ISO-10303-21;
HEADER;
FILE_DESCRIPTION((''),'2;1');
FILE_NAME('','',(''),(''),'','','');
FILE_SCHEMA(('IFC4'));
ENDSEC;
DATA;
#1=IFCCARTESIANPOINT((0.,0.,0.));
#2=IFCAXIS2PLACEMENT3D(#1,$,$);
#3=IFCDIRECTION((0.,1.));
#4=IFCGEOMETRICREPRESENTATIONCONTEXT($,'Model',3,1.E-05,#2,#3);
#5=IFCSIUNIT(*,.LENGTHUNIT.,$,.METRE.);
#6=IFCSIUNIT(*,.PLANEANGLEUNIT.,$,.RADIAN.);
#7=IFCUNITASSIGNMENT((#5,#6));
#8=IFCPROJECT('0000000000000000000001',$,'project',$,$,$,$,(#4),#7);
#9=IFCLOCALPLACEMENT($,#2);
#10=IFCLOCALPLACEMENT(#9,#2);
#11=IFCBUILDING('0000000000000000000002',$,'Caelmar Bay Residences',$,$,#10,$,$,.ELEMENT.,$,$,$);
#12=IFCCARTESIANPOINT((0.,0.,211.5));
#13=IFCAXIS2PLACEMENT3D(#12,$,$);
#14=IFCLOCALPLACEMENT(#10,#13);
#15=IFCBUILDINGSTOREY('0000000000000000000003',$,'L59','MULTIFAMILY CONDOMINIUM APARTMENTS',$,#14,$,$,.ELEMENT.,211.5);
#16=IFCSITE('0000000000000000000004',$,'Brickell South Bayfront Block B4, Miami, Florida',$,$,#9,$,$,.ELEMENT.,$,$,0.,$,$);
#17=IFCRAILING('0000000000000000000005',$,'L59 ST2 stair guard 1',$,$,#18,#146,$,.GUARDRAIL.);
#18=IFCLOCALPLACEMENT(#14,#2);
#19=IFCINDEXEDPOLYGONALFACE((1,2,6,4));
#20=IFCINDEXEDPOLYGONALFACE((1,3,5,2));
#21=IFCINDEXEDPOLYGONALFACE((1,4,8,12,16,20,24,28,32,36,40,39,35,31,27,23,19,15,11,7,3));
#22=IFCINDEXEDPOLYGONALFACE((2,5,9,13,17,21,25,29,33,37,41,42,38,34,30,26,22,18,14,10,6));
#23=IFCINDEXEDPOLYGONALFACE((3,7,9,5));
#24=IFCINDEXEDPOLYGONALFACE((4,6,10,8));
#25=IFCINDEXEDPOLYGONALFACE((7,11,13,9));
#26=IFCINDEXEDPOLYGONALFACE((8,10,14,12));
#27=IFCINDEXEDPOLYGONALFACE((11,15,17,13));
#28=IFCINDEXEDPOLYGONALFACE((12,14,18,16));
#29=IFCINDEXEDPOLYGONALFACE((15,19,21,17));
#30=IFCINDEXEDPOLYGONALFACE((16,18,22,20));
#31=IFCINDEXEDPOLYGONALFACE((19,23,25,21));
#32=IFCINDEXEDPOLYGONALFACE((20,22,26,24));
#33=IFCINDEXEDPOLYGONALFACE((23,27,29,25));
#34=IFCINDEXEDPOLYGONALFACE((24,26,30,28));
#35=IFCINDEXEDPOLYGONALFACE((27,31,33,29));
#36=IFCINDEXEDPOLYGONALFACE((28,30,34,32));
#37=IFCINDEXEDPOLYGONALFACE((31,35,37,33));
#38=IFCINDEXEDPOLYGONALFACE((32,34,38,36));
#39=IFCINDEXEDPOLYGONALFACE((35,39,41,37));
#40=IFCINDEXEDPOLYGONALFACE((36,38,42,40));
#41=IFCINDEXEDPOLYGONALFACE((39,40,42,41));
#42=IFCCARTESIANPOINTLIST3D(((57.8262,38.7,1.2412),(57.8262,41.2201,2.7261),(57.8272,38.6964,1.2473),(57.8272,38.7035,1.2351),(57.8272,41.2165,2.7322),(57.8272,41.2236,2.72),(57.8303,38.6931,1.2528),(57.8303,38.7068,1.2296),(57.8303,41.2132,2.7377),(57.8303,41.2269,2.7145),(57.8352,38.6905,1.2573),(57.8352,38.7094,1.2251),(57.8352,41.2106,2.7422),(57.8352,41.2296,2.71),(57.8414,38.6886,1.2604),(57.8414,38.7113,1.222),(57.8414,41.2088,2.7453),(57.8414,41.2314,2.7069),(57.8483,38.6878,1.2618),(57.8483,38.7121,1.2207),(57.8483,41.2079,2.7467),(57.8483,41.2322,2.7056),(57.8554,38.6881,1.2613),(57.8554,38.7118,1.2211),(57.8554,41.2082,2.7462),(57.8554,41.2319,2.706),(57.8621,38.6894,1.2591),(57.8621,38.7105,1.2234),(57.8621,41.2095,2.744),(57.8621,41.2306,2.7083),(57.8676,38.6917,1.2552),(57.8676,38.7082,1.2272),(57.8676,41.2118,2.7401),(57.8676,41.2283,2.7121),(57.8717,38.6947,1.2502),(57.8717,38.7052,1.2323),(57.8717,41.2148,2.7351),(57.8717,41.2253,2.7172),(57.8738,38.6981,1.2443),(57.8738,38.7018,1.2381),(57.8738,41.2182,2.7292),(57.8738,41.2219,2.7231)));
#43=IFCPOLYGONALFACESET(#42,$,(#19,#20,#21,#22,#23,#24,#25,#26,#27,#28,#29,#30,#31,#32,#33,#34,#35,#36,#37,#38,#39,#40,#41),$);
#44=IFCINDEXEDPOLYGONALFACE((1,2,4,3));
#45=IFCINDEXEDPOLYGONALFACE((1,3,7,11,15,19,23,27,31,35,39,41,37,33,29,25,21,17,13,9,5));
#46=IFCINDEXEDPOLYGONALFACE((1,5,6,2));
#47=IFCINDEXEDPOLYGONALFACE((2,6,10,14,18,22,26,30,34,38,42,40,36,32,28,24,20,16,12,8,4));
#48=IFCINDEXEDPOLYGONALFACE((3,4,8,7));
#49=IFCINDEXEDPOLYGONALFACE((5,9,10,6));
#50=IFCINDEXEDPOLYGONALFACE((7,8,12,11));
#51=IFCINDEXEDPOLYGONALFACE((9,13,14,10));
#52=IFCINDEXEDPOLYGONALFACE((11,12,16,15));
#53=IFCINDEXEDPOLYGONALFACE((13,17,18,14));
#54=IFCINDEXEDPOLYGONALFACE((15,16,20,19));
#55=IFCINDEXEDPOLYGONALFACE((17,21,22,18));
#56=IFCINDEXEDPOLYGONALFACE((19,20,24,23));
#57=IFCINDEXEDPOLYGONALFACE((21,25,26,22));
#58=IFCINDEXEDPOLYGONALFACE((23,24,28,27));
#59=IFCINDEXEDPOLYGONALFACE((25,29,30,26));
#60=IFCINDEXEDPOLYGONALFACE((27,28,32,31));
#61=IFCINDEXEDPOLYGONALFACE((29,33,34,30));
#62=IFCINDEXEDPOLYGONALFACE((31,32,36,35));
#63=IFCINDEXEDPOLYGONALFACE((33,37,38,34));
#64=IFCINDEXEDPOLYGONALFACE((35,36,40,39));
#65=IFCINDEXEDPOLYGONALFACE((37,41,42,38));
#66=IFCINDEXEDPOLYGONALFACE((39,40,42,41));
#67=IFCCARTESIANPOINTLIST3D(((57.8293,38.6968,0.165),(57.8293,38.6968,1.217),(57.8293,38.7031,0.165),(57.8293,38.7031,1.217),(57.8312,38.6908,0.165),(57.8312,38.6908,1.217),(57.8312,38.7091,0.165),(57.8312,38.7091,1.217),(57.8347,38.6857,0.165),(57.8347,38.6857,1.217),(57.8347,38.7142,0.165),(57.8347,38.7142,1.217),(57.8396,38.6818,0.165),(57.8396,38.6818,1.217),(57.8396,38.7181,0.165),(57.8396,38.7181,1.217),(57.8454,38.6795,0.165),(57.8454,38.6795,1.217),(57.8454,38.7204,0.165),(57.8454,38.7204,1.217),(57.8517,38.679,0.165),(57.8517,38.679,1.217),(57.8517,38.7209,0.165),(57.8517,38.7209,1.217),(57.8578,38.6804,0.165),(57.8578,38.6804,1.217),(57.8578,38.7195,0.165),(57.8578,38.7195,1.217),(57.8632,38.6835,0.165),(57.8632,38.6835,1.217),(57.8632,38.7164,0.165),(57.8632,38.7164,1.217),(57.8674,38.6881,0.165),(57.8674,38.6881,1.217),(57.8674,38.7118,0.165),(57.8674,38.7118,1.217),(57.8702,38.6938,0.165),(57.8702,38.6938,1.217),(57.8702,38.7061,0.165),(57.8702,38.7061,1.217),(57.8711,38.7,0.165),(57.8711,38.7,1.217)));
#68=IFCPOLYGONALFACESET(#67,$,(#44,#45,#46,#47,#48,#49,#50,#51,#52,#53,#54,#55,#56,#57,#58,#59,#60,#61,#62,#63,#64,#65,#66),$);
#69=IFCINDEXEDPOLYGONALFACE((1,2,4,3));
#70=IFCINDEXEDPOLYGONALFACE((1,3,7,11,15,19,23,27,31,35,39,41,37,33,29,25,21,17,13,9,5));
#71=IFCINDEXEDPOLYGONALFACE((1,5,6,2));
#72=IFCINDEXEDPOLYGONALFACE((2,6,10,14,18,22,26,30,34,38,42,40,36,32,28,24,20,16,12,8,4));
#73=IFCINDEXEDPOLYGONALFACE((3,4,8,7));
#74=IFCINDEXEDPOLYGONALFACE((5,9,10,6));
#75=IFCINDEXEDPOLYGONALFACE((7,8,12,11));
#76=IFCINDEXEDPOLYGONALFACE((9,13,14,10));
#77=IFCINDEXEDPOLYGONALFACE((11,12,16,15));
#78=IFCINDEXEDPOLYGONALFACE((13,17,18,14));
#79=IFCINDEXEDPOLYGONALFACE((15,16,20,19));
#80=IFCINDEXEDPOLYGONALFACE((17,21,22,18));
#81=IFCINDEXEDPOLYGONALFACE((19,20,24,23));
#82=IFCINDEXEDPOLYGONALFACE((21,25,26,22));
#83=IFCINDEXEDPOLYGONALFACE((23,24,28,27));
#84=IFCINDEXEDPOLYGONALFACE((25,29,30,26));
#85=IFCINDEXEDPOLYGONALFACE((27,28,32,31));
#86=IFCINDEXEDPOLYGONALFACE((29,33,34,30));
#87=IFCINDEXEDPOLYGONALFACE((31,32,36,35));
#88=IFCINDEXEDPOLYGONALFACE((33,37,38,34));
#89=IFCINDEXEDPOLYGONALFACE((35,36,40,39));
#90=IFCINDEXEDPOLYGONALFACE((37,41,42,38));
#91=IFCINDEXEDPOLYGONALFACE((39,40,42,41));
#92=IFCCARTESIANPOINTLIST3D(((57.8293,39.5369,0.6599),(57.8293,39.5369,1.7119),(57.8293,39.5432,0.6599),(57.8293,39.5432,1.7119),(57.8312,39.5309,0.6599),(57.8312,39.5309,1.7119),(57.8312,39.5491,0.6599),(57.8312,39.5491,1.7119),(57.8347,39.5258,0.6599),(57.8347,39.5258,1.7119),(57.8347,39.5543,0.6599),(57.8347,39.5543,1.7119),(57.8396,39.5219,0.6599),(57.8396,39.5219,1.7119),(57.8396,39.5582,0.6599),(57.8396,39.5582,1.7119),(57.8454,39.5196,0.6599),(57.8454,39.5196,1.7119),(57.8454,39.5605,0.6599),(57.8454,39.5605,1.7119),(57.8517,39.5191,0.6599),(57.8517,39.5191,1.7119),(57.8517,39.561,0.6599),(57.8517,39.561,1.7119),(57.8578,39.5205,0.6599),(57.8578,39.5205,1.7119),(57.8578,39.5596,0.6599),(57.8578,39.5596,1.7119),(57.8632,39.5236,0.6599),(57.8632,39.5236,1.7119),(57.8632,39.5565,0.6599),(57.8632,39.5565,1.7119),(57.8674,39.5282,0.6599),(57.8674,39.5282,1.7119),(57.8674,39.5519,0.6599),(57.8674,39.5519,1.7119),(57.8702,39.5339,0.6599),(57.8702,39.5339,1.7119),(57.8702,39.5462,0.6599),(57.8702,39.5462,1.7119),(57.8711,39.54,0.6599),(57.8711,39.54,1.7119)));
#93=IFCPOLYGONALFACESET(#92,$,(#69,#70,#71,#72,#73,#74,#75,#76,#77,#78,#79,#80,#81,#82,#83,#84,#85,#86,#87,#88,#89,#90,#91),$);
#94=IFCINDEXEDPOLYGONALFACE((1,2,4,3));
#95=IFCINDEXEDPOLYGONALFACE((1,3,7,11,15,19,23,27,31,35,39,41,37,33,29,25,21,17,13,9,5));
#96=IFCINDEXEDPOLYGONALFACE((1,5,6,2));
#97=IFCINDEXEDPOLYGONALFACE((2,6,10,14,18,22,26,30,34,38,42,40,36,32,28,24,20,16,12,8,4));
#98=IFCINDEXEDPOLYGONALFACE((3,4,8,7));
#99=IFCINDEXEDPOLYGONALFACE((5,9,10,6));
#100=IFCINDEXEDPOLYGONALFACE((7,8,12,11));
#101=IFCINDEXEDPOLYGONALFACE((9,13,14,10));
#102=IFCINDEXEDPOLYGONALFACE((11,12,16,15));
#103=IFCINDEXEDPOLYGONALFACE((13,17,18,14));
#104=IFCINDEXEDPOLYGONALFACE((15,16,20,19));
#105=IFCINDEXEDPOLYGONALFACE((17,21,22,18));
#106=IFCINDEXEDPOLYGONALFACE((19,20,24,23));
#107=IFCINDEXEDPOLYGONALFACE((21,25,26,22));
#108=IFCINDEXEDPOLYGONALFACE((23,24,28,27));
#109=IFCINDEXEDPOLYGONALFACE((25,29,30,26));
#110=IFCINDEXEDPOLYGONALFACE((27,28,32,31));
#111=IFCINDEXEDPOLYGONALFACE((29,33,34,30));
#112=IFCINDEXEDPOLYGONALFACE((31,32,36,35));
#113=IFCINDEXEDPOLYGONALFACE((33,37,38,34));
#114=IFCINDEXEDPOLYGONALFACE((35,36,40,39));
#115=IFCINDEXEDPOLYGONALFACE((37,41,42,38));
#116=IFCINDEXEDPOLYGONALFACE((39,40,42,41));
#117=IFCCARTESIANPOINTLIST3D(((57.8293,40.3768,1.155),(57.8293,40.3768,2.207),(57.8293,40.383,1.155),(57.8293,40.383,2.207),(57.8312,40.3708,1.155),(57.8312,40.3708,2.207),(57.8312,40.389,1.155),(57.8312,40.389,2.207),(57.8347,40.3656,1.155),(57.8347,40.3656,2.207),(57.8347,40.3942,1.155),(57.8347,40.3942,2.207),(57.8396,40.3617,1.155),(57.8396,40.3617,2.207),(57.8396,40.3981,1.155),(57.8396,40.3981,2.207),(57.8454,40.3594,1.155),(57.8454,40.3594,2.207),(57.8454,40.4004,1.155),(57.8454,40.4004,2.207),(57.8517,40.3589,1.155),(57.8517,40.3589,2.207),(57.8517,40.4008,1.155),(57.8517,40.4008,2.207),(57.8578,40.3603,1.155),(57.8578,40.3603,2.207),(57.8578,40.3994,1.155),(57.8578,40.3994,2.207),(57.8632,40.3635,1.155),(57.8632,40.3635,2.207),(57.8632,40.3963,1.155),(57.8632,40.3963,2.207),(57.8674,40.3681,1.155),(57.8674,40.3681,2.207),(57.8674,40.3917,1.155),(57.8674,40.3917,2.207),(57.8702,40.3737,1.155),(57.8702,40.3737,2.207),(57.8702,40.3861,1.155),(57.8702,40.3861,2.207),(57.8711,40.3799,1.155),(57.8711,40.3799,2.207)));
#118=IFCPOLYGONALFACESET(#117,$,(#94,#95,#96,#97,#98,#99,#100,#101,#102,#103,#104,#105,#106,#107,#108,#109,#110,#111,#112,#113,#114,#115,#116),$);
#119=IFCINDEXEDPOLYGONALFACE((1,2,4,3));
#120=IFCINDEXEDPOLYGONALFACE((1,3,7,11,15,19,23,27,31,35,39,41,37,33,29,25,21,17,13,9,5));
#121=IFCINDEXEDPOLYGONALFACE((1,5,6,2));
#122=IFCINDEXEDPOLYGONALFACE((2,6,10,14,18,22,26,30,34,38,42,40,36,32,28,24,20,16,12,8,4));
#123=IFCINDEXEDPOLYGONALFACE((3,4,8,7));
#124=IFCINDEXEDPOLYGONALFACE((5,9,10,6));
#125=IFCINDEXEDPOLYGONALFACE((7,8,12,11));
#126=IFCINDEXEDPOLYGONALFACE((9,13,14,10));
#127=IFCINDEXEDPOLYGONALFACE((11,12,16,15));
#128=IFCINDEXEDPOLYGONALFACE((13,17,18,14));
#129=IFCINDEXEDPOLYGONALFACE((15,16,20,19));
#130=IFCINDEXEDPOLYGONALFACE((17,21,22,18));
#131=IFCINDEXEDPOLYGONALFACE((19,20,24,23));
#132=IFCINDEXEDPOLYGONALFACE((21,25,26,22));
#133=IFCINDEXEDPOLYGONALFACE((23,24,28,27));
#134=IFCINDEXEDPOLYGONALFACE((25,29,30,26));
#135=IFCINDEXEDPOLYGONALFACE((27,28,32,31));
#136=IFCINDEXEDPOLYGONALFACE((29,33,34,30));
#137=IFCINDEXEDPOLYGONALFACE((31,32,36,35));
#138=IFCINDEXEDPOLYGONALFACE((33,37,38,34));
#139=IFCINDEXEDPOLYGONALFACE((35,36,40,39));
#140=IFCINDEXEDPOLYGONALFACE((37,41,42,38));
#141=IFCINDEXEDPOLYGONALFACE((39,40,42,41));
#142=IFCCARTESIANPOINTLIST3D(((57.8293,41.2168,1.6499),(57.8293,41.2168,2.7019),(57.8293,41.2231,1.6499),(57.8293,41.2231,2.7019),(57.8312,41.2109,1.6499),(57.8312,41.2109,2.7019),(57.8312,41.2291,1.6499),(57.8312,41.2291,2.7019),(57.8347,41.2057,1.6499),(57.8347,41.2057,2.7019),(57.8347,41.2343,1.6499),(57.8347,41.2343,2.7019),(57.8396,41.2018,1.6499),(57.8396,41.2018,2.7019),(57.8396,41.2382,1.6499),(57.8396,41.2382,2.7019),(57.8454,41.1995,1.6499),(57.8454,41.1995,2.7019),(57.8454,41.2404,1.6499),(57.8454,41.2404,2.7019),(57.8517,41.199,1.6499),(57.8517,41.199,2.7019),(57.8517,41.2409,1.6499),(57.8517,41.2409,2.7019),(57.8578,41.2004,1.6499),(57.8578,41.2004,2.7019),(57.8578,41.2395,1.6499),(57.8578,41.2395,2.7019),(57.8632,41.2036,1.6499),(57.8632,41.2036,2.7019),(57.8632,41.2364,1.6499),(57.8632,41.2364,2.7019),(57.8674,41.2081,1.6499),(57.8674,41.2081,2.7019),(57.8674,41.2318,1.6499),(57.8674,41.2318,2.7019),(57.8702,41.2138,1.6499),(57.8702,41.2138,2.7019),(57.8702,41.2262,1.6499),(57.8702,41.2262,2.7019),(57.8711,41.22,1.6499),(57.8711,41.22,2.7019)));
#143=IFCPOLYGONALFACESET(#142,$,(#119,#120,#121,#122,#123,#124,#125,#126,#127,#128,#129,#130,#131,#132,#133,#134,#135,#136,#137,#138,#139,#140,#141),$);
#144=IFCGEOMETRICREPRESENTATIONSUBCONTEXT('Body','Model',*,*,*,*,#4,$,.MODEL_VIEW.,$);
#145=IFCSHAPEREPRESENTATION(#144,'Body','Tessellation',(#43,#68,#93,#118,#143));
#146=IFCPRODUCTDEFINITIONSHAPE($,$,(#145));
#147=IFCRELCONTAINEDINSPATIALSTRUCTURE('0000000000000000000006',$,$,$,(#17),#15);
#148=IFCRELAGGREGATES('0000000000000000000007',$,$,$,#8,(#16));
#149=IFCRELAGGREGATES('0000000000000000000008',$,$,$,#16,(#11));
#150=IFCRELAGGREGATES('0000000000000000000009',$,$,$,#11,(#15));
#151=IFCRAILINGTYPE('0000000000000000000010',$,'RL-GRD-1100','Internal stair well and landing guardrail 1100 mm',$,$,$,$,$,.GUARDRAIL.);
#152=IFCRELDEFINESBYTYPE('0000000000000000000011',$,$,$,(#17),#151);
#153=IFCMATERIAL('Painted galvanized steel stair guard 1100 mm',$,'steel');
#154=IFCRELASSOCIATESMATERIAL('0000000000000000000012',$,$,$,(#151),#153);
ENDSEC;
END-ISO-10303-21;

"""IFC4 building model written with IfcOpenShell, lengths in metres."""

from ifc_helpers import new_model, si_unit, direction, frame, origin, origin_2d, place, context, subcontext, project, spatial, circle, extrude, material, type_object, element, save


model = new_model("IFC4")

# Units and contexts
model_context = context("Model", 3, precision=1e-05, world=origin(), true_north=direction((0.0, 1.0)))
body_context = subcontext(model_context, "Body", "Model", "MODEL_VIEW")
ifc_project = project(units=[si_unit("LENGTHUNIT", "METRE"), si_unit("PLANEANGLEUNIT", "RADIAN")], contexts=[model_context])

# Site, building, storey
site_placement = place(None, origin())
site = spatial("IfcSite", under=ifc_project, at=site_placement, Name="Brickell South Bayfront Block B4, Miami, Florida", CompositionType="ELEMENT", RefElevation=0.0)
building_placement = place(site_placement, origin())
building = spatial("IfcBuilding", under=site, at=building_placement, Name="Caelmar Bay Residences", CompositionType="ELEMENT")
storey_placement = place(building_placement, frame((0.0, 0.0, 211.5)))
storey = spatial("IfcBuildingStorey", under=building, at=storey_placement, Name="L59", Description="MULTIFAMILY CONDOMINIUM APARTMENTS", CompositionType="ELEMENT", Elevation=211.5)

# Railing
ifc_material_1 = material(Name="Painted galvanized steel stair guard 1100 mm", Category="steel")
railing_type_1 = type_object("IfcRailingType", Name="RL-GRD-1100", Description="Internal stair well and landing guardrail 1100 mm", PredefinedType="GUARDRAIL", material=ifc_material_1)
railing_1_placement = place(storey_placement, frame((57.8501, 38.7, 0.165)))
element("IfcRailing", 1, at=railing_1_placement, inside=storey, type_object=railing_type_1, Name="L59 ST2 stair guard 1", PredefinedType="GUARDRAIL", context=body_context, shape_type="SweptSolid", body=[
    extrude(circle(Radius=0.0239, at=origin_2d()), frame((0.0, 0.0, 1.0762), z_axis=(0.0, 0.861561, 0.507655), x_axis=(-1.0, 0.0, 0.0)), (0.0, 0.0, 1.0), 2.925),
    extrude(circle(Radius=0.021, at=origin_2d()), origin(), (0.0, 0.0, 1.0), 1.052),
    extrude(circle(Radius=0.021, at=origin_2d()), frame((0.0, 0.8401, 0.4949)), (0.0, 0.0, 1.0), 1.052),
    extrude(circle(Radius=0.021, at=origin_2d()), frame((0.0, 1.6799, 0.99)), (0.0, 0.0, 1.0), 1.052),
    extrude(circle(Radius=0.021, at=origin_2d()), frame((0.0, 2.52, 1.4849)), (0.0, 0.0, 1.0), 1.052),
])

save(model, "model.ifc")
